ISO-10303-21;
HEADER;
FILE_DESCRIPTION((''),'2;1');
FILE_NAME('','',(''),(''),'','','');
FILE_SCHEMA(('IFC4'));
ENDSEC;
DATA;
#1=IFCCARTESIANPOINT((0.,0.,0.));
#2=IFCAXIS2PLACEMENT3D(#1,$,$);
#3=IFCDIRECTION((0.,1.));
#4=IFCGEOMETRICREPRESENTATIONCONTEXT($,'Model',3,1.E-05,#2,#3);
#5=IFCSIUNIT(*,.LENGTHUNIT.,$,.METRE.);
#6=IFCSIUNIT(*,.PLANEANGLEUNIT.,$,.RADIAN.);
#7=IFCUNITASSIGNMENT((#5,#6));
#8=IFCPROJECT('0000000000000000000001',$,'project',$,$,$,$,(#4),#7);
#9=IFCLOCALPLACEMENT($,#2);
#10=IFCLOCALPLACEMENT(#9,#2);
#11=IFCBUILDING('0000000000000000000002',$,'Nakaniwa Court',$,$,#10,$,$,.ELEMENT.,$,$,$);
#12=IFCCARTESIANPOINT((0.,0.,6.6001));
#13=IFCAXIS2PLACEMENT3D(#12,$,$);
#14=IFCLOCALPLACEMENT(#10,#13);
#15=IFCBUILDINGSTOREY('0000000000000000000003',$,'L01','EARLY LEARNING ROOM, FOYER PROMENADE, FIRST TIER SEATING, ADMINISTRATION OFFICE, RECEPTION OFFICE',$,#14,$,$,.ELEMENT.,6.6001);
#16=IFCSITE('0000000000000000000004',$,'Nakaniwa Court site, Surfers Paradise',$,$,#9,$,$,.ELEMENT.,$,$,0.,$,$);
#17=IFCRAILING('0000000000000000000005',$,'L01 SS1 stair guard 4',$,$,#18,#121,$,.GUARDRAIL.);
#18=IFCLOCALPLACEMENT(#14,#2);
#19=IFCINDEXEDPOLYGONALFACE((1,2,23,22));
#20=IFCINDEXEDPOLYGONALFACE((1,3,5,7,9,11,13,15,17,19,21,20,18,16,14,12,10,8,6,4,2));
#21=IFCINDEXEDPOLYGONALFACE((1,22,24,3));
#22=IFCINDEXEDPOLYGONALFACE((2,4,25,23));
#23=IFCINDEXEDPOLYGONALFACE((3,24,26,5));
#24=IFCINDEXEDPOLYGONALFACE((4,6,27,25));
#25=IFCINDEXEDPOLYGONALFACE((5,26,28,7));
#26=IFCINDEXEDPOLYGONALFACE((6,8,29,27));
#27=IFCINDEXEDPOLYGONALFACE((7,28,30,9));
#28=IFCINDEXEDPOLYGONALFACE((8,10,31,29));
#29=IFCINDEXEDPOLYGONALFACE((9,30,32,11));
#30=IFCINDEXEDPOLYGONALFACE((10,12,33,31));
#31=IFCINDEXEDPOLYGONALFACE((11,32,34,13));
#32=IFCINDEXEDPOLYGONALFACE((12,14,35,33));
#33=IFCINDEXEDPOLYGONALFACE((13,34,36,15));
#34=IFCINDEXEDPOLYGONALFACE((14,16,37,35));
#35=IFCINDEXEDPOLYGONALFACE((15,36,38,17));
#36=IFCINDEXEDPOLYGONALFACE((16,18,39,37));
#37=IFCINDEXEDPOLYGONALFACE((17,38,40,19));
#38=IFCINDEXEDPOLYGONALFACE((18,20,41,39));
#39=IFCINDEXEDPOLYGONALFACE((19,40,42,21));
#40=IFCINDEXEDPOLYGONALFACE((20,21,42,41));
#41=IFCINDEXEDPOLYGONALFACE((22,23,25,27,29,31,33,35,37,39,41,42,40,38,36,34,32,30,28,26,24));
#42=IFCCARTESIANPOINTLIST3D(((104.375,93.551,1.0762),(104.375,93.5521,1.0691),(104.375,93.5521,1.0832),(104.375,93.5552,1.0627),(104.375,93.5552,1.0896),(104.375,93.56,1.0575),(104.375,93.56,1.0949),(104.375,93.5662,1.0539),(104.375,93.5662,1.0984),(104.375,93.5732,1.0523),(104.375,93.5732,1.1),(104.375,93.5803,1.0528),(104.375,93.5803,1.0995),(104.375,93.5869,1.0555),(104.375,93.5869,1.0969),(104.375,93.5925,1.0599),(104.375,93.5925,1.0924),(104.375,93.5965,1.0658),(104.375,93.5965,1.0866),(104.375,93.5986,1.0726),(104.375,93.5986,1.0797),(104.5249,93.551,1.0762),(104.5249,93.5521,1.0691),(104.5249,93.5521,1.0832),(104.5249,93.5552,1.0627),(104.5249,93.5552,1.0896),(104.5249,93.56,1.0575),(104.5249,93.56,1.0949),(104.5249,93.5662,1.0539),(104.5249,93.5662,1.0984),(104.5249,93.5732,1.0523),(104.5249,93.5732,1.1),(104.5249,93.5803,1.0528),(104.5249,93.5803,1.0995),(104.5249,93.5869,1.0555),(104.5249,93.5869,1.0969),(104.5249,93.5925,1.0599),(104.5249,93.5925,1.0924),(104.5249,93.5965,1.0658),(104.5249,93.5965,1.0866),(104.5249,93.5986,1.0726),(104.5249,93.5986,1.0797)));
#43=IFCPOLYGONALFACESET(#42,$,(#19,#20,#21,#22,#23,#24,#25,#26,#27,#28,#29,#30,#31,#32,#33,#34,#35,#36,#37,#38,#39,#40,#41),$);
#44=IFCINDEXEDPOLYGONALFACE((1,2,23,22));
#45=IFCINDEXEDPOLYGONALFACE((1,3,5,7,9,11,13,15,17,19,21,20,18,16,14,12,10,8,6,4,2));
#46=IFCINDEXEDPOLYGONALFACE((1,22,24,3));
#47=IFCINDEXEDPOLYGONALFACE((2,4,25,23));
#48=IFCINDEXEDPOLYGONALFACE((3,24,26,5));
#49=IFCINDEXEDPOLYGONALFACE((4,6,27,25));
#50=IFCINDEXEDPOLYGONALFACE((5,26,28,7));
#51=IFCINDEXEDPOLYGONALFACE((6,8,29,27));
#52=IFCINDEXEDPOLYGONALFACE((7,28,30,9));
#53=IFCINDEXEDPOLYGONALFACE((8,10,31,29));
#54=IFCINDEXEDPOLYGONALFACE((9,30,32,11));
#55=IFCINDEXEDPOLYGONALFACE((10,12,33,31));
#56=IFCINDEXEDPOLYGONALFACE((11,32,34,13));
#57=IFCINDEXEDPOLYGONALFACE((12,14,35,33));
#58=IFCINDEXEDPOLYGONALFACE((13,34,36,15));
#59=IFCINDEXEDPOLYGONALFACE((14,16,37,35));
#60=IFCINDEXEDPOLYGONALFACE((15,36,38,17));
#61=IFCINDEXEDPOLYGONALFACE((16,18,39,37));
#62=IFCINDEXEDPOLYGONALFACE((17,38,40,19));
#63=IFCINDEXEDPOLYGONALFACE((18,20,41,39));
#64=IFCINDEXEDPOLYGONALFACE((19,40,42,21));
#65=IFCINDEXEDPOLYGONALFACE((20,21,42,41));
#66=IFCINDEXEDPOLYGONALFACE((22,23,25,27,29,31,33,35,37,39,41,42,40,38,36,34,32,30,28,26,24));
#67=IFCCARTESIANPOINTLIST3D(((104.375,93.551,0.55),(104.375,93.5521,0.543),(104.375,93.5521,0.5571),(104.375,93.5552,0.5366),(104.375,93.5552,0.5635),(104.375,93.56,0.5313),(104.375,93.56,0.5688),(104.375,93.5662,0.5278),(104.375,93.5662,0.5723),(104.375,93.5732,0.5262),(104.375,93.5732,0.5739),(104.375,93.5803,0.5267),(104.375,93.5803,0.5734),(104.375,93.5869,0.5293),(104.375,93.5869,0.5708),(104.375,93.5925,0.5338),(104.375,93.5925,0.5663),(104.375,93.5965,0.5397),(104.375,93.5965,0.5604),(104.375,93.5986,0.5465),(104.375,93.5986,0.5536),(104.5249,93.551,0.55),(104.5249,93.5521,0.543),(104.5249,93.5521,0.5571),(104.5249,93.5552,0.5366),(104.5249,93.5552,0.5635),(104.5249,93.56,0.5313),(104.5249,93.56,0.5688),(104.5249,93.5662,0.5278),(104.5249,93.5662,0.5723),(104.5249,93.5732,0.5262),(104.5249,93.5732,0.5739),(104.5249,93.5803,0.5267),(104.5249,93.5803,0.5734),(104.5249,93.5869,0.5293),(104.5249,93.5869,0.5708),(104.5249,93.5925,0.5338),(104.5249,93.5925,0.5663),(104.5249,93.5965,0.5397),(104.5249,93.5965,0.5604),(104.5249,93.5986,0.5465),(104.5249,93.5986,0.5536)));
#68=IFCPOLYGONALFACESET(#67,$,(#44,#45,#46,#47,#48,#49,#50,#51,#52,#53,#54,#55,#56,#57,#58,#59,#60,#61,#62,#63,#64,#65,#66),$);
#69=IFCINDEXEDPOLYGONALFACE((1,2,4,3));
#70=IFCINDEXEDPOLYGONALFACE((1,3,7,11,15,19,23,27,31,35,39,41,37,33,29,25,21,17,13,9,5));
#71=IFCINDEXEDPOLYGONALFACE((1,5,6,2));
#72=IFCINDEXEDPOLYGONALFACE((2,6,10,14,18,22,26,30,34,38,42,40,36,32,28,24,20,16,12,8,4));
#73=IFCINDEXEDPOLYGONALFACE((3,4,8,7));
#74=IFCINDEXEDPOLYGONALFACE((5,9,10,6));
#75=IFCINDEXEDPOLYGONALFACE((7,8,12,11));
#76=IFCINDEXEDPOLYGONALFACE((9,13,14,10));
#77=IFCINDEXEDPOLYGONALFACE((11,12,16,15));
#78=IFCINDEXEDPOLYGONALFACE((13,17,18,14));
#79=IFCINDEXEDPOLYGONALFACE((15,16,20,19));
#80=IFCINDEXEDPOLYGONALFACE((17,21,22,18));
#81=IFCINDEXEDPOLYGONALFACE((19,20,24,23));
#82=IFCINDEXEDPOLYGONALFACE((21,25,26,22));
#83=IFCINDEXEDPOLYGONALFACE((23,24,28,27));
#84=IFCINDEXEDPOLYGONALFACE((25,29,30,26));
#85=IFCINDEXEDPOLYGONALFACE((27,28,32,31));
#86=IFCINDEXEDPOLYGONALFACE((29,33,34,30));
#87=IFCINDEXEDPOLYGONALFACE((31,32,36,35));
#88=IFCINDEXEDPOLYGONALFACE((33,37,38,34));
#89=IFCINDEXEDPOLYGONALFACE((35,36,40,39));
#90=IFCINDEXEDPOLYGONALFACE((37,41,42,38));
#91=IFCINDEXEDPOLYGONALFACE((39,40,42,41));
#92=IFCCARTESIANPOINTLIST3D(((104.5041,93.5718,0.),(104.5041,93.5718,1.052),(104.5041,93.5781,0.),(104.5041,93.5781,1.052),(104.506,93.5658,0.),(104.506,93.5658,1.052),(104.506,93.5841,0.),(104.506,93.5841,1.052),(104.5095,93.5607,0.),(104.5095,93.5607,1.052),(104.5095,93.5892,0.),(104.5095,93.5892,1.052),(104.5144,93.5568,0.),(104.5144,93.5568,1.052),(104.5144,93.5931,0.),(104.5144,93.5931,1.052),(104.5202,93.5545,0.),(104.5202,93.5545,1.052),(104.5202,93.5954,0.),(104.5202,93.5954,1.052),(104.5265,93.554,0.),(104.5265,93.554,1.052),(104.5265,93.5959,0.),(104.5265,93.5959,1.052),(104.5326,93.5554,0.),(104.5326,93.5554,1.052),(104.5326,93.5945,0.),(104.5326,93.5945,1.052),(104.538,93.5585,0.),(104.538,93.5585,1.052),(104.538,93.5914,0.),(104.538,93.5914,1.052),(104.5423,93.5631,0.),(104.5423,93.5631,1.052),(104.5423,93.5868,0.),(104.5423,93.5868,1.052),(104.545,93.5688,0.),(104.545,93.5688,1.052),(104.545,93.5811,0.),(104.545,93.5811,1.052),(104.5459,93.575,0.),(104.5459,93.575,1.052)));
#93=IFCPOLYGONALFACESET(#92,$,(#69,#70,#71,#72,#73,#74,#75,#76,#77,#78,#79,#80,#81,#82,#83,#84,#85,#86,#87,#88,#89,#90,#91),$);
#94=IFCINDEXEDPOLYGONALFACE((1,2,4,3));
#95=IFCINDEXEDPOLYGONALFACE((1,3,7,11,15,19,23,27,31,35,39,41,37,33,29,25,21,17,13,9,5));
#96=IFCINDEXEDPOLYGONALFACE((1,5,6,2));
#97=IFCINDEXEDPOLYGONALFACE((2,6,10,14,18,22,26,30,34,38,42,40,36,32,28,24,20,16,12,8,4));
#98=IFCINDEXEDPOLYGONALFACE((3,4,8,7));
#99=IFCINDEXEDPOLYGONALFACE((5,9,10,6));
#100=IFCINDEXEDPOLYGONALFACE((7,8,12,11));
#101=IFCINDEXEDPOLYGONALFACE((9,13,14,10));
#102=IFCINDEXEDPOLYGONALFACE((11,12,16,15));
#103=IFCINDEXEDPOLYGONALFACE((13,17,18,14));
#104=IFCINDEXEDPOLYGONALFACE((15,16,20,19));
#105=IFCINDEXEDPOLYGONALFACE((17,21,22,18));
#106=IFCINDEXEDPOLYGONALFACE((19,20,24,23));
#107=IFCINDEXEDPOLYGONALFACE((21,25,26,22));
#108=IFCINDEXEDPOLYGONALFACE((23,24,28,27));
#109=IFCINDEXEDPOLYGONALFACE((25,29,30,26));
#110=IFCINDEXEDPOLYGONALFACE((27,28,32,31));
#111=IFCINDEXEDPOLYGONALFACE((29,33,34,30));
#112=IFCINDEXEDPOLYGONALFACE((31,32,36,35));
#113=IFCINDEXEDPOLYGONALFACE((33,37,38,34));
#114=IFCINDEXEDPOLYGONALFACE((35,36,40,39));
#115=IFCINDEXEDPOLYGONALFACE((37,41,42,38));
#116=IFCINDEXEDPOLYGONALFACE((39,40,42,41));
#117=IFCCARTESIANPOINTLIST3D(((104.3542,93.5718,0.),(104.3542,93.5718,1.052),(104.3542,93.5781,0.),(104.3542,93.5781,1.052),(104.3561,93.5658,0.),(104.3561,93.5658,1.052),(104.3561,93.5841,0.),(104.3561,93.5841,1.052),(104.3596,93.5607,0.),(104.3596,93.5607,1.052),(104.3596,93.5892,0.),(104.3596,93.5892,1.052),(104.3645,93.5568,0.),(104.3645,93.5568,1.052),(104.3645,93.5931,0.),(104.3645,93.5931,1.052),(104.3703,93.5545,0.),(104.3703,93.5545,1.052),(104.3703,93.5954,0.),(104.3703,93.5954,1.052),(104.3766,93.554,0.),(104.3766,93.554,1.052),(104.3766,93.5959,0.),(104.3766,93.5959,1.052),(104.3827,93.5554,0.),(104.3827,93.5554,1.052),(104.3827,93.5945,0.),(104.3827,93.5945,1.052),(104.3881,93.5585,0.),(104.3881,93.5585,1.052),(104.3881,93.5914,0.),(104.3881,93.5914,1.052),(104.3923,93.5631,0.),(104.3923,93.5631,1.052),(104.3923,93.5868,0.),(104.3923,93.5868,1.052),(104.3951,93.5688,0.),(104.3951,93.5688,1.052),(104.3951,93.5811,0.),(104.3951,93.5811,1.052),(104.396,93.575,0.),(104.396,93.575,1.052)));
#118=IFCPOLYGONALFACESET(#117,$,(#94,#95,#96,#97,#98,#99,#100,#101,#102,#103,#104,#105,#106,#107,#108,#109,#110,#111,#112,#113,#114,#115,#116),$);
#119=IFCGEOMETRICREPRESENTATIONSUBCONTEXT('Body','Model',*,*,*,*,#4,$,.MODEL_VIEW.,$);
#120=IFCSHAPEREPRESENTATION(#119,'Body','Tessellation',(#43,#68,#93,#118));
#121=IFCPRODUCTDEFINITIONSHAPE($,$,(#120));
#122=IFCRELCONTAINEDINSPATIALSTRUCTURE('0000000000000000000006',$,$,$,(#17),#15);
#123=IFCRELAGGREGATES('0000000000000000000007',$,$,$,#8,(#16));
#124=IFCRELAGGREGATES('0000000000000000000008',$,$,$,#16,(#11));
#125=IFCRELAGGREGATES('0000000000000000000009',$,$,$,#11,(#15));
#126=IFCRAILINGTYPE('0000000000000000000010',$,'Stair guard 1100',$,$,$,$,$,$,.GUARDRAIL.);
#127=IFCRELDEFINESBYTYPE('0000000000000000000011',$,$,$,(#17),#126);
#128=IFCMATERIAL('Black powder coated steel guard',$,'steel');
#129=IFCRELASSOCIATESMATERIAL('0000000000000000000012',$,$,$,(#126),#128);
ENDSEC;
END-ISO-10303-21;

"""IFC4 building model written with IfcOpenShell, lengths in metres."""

from ifc_helpers import new_model, si_unit, direction, frame, origin, origin_2d, place, context, subcontext, project, spatial, circle, extrude, material, type_object, element, save


model = new_model("IFC4")

# Units and contexts
model_context = context("Model", 3, precision=1e-05, world=origin(), true_north=direction((0.0, 1.0)))
body_context = subcontext(model_context, "Body", "Model", "MODEL_VIEW")
ifc_project = project(units=[si_unit("LENGTHUNIT", "METRE"), si_unit("PLANEANGLEUNIT", "RADIAN")], contexts=[model_context])

# Site, building, storey
site_placement = place(None, origin())
site = spatial("IfcSite", under=ifc_project, at=site_placement, Name="Nakaniwa Court site, Surfers Paradise", CompositionType="ELEMENT", RefElevation=0.0)
building_placement = place(site_placement, origin())
building = spatial("IfcBuilding", under=site, at=building_placement, Name="Nakaniwa Court", CompositionType="ELEMENT")
storey_placement = place(building_placement, frame((0.0, 0.0, 6.6001)))
storey = spatial("IfcBuildingStorey", under=building, at=storey_placement, Name="L01", Description="EARLY LEARNING ROOM, FOYER PROMENADE, FIRST TIER SEATING, ADMINISTRATION OFFICE, RECEPTION OFFICE", CompositionType="ELEMENT", Elevation=6.6001)

# Railing
ifc_material_1 = material(Name="Black powder coated steel guard", Category="steel")
railing_type_1 = type_object("IfcRailingType", Name="Stair guard 1100", PredefinedType="GUARDRAIL", material=ifc_material_1)
railing_1_placement = place(storey_placement, frame((104.5249, 93.575, 0.0)))
element("IfcRailing", 1, at=railing_1_placement, inside=storey, type_object=railing_type_1, Name="L01 SS1 stair guard 4", PredefinedType="GUARDRAIL", context=body_context, shape_type="SweptSolid", body=[
    extrude(circle(Radius=0.0239, at=origin_2d()), frame((0.0, 0.0, 1.0762), z_axis=(-1.0, 0.0, 0.0), x_axis=(0.0, -1.0, 0.0)), (0.0, 0.0, 1.0), 0.1499),
    extrude(circle(Radius=0.0239, at=origin_2d()), frame((0.0, 0.0, 0.55), z_axis=(-1.0, 0.0, 0.0), x_axis=(0.0, -1.0, 0.0)), (0.0, 0.0, 1.0), 0.1499),
    extrude(circle(Radius=0.021, at=origin_2d()), origin(), (0.0, 0.0, 1.0), 1.052),
    extrude(circle(Radius=0.021, at=origin_2d()), frame((-0.1499, 0.0, 0.0)), (0.0, 0.0, 1.0), 1.052),
])

save(model, "model.ifc")
